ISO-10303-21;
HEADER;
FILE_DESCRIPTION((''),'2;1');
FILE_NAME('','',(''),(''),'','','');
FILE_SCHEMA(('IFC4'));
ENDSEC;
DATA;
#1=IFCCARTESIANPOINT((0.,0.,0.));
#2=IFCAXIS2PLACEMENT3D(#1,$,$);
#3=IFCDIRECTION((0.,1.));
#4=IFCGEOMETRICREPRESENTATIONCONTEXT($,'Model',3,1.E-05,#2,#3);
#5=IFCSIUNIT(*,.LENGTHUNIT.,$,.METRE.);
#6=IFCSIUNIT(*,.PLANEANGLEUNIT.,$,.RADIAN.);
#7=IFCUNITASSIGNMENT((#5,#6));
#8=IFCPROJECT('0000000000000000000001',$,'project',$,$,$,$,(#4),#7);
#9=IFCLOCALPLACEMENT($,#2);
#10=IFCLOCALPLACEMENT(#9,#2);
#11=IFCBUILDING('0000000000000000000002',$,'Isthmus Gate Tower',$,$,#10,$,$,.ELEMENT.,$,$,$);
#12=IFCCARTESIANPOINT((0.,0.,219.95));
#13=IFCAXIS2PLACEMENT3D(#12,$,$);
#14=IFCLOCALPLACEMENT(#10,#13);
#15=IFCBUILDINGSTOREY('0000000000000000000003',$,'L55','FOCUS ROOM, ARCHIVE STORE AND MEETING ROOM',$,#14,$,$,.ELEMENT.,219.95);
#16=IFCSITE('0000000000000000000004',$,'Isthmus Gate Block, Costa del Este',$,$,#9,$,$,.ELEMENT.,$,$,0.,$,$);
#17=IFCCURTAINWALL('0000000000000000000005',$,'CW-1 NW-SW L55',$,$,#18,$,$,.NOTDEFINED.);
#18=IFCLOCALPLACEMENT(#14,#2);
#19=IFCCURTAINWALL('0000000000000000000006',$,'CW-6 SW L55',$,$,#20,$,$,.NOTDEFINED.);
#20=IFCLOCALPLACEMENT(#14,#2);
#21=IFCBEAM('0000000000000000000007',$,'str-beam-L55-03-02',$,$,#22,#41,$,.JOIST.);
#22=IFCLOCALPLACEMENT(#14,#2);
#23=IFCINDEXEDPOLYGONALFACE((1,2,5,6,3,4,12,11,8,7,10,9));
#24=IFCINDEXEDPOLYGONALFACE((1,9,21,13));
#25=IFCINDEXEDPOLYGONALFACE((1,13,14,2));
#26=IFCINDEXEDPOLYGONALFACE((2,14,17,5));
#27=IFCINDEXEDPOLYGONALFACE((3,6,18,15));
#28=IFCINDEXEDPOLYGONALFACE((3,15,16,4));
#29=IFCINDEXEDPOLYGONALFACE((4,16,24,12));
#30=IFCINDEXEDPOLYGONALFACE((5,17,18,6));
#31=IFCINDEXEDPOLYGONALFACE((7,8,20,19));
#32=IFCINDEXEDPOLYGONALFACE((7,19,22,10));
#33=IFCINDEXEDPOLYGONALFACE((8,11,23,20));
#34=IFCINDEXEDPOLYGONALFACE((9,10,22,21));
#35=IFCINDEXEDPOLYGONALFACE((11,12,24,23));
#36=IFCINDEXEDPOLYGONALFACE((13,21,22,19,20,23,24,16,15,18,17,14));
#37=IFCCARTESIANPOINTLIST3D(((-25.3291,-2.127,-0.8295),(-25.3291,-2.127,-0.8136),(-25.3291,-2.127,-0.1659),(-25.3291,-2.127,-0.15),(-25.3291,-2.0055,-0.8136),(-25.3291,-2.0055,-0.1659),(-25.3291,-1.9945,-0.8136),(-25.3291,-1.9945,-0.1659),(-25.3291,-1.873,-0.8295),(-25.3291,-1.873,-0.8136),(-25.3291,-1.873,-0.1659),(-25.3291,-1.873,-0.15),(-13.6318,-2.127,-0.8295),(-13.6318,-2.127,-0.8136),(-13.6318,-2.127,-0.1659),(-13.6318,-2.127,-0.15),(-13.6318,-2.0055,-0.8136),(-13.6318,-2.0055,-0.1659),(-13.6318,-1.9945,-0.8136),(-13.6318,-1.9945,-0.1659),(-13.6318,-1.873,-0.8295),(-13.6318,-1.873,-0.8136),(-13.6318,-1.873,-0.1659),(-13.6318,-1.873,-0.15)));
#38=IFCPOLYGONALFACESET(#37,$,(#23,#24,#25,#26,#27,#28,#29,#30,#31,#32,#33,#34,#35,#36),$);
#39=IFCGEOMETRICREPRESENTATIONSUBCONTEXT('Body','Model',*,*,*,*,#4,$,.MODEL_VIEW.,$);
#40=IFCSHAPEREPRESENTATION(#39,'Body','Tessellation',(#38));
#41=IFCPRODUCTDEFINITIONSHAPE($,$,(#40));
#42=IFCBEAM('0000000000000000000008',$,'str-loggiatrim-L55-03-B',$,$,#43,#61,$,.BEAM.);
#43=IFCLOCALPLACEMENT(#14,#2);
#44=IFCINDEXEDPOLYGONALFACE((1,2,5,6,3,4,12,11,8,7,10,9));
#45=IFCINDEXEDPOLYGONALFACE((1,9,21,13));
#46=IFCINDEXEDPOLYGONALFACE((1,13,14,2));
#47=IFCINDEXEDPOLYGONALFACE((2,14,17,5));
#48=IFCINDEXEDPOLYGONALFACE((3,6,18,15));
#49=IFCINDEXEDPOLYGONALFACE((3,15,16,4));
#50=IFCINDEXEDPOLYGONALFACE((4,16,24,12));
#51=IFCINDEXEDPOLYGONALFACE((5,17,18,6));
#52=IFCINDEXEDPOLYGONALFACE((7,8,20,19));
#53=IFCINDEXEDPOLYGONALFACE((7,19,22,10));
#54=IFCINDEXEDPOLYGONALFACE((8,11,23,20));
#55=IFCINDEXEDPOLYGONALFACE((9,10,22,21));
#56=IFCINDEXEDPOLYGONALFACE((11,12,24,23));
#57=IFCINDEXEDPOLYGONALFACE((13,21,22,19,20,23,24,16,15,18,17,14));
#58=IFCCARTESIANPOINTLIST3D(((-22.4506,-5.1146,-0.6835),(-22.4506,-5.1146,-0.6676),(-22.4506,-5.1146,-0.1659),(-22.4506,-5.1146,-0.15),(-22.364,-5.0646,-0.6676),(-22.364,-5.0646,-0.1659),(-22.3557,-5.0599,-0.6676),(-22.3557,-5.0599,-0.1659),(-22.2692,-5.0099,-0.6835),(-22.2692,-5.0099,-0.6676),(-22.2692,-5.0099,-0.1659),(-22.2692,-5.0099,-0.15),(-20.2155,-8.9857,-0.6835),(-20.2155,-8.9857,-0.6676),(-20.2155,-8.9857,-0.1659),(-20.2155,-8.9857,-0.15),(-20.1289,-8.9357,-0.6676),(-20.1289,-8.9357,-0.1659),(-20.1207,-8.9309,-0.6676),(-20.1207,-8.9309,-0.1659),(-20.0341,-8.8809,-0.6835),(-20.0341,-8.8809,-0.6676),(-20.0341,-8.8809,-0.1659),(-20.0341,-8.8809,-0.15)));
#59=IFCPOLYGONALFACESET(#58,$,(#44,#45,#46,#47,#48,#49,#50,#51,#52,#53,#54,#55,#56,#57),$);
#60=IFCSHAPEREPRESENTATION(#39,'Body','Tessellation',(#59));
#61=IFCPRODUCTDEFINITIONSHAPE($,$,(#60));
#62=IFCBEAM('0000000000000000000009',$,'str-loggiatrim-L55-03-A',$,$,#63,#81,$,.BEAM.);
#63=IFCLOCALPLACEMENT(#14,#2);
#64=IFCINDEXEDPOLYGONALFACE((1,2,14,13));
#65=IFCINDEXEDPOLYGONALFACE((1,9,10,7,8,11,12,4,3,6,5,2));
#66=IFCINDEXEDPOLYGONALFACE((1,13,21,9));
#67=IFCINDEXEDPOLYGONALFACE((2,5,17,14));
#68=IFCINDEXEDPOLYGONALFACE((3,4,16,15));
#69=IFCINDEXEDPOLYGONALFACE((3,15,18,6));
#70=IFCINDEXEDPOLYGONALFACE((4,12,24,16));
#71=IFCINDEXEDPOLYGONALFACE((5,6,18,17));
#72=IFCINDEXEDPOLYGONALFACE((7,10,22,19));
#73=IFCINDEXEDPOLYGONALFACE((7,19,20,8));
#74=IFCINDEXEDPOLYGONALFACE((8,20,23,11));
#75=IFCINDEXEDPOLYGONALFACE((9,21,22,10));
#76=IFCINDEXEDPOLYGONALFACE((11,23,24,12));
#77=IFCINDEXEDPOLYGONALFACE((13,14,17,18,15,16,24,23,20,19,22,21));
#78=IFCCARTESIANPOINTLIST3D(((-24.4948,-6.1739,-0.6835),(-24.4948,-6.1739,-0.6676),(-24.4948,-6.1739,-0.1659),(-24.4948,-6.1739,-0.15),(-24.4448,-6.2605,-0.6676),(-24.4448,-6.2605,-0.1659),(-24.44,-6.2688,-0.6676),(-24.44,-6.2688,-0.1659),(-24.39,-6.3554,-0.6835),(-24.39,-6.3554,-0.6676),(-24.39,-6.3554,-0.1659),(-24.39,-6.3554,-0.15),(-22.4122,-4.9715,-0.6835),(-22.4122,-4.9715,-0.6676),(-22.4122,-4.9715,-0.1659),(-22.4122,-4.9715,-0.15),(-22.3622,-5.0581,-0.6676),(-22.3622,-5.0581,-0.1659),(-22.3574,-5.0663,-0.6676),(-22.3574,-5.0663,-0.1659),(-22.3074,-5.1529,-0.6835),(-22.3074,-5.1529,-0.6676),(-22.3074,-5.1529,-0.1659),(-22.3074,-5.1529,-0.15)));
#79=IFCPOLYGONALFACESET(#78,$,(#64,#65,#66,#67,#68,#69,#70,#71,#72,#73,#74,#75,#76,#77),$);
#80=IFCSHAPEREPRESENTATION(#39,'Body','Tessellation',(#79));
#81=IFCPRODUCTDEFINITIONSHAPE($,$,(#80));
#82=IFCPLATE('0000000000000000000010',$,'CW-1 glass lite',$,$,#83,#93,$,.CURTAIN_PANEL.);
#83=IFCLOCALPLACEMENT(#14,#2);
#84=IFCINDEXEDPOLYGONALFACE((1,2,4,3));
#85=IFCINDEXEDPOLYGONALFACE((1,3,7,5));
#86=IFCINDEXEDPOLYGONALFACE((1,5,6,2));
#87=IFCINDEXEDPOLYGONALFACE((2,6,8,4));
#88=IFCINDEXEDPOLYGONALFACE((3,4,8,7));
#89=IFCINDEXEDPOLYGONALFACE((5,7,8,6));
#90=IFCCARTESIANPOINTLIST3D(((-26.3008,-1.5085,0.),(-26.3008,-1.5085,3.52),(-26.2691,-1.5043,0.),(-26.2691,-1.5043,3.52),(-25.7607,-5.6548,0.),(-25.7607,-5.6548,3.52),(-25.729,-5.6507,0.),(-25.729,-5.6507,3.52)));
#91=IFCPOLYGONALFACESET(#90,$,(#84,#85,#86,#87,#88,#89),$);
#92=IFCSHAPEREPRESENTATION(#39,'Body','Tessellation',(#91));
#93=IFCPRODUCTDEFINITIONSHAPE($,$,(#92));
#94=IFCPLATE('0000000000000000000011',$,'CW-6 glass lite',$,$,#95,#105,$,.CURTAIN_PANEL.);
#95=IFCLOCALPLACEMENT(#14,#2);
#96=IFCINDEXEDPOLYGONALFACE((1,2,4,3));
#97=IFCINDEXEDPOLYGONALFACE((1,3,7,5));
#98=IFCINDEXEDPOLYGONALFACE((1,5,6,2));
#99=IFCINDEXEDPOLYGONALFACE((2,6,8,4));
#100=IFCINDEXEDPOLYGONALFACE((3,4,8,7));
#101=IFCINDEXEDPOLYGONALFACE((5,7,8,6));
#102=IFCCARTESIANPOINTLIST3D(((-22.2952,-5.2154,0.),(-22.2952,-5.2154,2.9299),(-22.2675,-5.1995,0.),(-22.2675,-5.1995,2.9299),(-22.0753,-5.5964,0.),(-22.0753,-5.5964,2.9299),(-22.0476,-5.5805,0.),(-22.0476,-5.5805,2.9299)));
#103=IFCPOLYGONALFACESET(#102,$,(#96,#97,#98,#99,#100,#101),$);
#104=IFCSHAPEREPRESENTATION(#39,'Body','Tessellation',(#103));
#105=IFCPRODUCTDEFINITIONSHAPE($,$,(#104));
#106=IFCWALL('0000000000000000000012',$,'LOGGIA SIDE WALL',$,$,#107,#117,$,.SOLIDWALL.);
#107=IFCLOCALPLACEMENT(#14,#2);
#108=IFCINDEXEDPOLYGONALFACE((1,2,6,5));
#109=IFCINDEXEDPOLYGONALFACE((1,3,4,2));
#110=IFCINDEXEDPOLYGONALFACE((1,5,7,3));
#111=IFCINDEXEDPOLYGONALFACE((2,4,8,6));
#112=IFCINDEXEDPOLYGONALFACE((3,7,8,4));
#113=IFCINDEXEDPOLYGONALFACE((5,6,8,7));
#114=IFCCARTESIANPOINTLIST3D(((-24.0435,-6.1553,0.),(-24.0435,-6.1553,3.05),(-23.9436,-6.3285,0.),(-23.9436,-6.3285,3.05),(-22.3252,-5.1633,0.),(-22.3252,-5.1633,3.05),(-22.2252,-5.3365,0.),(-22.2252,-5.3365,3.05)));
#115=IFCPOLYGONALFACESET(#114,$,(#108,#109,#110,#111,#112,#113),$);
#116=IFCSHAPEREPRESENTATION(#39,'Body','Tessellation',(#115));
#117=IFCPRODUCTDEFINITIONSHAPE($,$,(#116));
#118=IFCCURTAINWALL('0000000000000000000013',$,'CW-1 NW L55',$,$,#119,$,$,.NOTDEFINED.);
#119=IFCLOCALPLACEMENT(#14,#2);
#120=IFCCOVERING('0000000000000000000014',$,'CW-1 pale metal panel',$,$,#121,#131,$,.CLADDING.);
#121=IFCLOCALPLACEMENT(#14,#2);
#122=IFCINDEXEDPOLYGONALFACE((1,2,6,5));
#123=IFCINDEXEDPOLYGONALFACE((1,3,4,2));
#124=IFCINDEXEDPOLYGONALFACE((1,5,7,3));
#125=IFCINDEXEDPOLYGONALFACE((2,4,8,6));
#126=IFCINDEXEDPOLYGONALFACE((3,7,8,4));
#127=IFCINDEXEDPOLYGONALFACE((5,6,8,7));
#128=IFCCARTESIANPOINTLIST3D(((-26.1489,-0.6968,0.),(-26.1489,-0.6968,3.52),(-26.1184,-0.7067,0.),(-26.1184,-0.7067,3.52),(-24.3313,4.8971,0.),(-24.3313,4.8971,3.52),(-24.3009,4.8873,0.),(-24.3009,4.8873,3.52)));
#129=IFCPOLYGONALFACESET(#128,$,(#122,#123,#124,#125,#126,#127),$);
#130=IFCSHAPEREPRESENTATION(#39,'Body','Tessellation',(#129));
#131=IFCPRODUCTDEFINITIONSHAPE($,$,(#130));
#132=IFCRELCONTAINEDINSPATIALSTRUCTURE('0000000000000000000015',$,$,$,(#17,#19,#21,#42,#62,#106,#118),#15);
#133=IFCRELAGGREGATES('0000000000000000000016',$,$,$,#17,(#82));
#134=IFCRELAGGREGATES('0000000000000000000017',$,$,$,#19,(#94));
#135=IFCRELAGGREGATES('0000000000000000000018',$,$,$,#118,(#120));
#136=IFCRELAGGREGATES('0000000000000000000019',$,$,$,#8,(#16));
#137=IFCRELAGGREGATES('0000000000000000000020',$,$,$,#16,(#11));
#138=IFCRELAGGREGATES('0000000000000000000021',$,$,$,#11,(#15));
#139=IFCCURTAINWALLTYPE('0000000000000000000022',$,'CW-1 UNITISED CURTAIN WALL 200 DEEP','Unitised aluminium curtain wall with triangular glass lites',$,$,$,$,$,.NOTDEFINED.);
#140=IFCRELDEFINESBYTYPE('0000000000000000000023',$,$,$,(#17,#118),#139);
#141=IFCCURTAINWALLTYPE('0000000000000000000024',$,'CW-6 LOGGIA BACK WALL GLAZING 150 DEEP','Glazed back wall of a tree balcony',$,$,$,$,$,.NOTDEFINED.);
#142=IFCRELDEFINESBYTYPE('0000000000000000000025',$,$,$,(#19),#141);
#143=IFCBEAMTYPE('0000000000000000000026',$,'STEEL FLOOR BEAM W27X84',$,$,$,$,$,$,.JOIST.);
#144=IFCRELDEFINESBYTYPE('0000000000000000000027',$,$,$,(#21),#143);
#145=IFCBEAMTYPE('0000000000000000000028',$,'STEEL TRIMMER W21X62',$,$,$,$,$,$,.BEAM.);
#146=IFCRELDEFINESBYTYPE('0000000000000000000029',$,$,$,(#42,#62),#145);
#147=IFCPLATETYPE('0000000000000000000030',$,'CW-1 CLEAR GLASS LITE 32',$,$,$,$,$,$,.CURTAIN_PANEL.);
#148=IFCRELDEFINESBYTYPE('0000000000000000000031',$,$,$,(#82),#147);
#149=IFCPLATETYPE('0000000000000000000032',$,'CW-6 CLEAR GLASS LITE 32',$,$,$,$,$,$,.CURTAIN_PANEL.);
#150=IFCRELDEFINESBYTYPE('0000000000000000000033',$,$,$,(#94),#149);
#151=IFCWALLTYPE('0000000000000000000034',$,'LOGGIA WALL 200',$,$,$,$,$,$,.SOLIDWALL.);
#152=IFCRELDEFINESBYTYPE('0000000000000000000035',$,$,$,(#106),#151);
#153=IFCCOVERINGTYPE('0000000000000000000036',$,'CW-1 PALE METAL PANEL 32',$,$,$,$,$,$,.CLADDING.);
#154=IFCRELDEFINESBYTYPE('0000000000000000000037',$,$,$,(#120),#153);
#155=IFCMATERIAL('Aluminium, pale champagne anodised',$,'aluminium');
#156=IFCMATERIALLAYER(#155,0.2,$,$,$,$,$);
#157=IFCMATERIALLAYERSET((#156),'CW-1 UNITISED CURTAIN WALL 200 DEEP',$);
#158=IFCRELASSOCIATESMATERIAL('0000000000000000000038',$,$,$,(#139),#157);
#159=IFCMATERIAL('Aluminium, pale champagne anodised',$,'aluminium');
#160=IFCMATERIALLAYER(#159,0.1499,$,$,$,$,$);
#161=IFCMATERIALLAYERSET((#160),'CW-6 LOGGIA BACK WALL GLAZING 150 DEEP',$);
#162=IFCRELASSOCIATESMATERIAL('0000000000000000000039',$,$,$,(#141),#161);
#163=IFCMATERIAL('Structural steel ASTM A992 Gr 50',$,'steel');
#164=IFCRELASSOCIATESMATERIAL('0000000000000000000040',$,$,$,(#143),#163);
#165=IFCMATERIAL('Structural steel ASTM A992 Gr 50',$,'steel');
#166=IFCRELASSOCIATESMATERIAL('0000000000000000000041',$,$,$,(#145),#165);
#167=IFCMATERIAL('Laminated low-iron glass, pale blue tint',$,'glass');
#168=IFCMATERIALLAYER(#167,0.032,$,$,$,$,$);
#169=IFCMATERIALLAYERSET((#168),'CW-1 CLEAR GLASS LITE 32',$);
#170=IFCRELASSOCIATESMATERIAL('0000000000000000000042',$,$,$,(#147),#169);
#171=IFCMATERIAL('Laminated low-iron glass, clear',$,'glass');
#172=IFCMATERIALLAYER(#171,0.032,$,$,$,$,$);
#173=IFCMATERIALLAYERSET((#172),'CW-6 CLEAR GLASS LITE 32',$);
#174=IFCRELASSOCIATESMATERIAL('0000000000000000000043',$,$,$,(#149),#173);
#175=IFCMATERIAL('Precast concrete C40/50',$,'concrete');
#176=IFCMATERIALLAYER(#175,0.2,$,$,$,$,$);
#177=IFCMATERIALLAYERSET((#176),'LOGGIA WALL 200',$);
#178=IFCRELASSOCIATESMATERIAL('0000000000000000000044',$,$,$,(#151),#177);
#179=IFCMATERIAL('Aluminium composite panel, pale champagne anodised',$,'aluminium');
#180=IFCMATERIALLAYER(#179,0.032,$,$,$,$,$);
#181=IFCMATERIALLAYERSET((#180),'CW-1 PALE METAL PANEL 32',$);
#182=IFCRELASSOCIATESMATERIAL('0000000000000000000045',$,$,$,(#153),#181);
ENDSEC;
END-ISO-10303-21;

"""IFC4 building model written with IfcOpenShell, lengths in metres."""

from ifc_helpers import new_model, si_unit, direction, frame, frame_2d, origin, origin_2d, place, context, subcontext, project, spatial, rectangle, i_section, extrude, material, layer, layer_set, material_profile, profile_set, type_object, element, aggregate, save


model = new_model("IFC4")

# Units and contexts
model_context = context("Model", 3, precision=1e-05, world=origin(), true_north=direction((0.0, 1.0)))
body_context = subcontext(model_context, "Body", "Model", "MODEL_VIEW")
ifc_project = project(units=[si_unit("LENGTHUNIT", "METRE"), si_unit("PLANEANGLEUNIT", "RADIAN")], contexts=[model_context])

# Site, building, storey
site_placement = place(None, origin())
site = spatial("IfcSite", under=ifc_project, at=site_placement, Name="Isthmus Gate Block, Costa del Este", CompositionType="ELEMENT", RefElevation=0.0)
building_placement = place(site_placement, origin())
building = spatial("IfcBuilding", under=site, at=building_placement, Name="Isthmus Gate Tower", CompositionType="ELEMENT")
storey_placement = place(building_placement, frame((0.0, 0.0, 219.95)))
storey = spatial("IfcBuildingStorey", under=building, at=storey_placement, Name="L55", Description="FOCUS ROOM, ARCHIVE STORE AND MEETING ROOM", CompositionType="ELEMENT", Elevation=219.95)

# Curtain walls
ifc_material_1 = material(Name="Aluminium, pale champagne anodised", Category="aluminium")
ifc_layer_1 = layer(ifc_material_1, 0.2)
ifc_layer_set_1 = layer_set([ifc_layer_1], Name="CW-1 UNITISED CURTAIN WALL 200 DEEP")
curtain_wall_type_1 = type_object("IfcCurtainWallType", Name="CW-1 UNITISED CURTAIN WALL 200 DEEP", Description="Unitised aluminium curtain wall with triangular glass lites", PredefinedType="NOTDEFINED", material=ifc_layer_set_1)
curtain_wall_1_placement = place(storey_placement, origin())
curtain_wall_1 = element("IfcCurtainWall", 1, at=curtain_wall_1_placement, inside=storey, type_object=curtain_wall_type_1, Name="CW-1 NW-SW L55", PredefinedType="NOTDEFINED")
ifc_material_2 = material(Name="Aluminium, pale champagne anodised", Category="aluminium")
ifc_layer_2 = layer(ifc_material_2, 0.1499)
ifc_layer_set_2 = layer_set([ifc_layer_2], Name="CW-6 LOGGIA BACK WALL GLAZING 150 DEEP")
curtain_wall_type_2 = type_object("IfcCurtainWallType", Name="CW-6 LOGGIA BACK WALL GLAZING 150 DEEP", Description="Glazed back wall of a tree balcony", PredefinedType="NOTDEFINED", material=ifc_layer_set_2)
curtain_wall_2_placement = place(storey_placement, origin())
curtain_wall_2 = element("IfcCurtainWall", 2, at=curtain_wall_2_placement, inside=storey, type_object=curtain_wall_type_2, Name="CW-6 SW L55", PredefinedType="NOTDEFINED")

# Beams
ifc_material_3 = material(Name="Structural steel ASTM A992 Gr 50", Category="steel")
ifc_material_profile_1 = material_profile(ifc_material_3, i_section(OverallWidth=0.2539, OverallDepth=0.6794, WebThickness=0.011, FlangeThickness=0.0159, at=origin_2d()), Name="W27X84")
ifc_profile_set_1 = profile_set([ifc_material_profile_1], Name="Structural steel ASTM A992 Gr 50")
beam_type_1 = type_object("IfcBeamType", Name="STEEL FLOOR BEAM W27X84", PredefinedType="JOIST", material=ifc_profile_set_1)
beam_1_placement = place(storey_placement, frame((-25.3291, -2.0, -0.4897), z_axis=(1.0, 0.0, 0.0), x_axis=(0.0, 1.0, 0.0)))
element("IfcBeam", 3, at=beam_1_placement, inside=storey, type_object=beam_type_1, Name="str-beam-L55-03-02", PredefinedType="JOIST", context=body_context, shape_type="SweptSolid", body=[
    extrude(i_section(OverallWidth=0.2539, OverallDepth=0.6794, WebThickness=0.011, FlangeThickness=0.0159, at=origin_2d()), origin(), (0.0, 0.0, 1.0), 11.6973),
])
ifc_material_4 = material(Name="Structural steel ASTM A992 Gr 50", Category="steel")
ifc_material_profile_2 = material_profile(ifc_material_4, i_section(OverallWidth=0.2095, OverallDepth=0.5334, WebThickness=0.0095, FlangeThickness=0.0159, at=origin_2d()), Name="W21X62")
ifc_profile_set_2 = profile_set([ifc_material_profile_2], Name="Structural steel ASTM A992 Gr 50")
beam_type_2 = type_object("IfcBeamType", Name="STEEL TRIMMER W21X62", PredefinedType="BEAM", material=ifc_profile_set_2)
beam_2_placement = place(storey_placement, frame((-22.3599, -5.0623, -0.4167), z_axis=(0.500022, -0.866013, 0.0), x_axis=(0.866013, 0.500022, 0.0)))
element("IfcBeam", 4, at=beam_2_placement, inside=storey, type_object=beam_type_2, Name="str-loggiatrim-L55-03-B", PredefinedType="BEAM", context=body_context, shape_type="SweptSolid", body=[
    extrude(i_section(OverallWidth=0.2095, OverallDepth=0.5334, WebThickness=0.0095, FlangeThickness=0.0159, at=origin_2d()), origin(), (0.0, 0.0, 1.0), 4.47),
])
beam_3_placement = place(storey_placement, frame((-24.4424, -6.2646, -0.4167), z_axis=(0.866017, 0.500015, 0.0), x_axis=(-0.500015, 0.866017, 0.0)))
element("IfcBeam", 5, at=beam_3_placement, inside=storey, type_object=beam_type_2, Name="str-loggiatrim-L55-03-A", PredefinedType="BEAM", context=body_context, shape_type="SweptSolid", body=[
    extrude(i_section(OverallWidth=0.2095, OverallDepth=0.5334, WebThickness=0.0095, FlangeThickness=0.0159, at=origin_2d()), origin(), (0.0, 0.0, 1.0), 2.4048),
])

# Plates
ifc_material_5 = material(Name="Laminated low-iron glass, pale blue tint", Category="glass")
ifc_layer_3 = layer(ifc_material_5, 0.032)
ifc_layer_set_3 = layer_set([ifc_layer_3], Name="CW-1 CLEAR GLASS LITE 32")
plate_type_1 = type_object("IfcPlateType", Name="CW-1 CLEAR GLASS LITE 32", PredefinedType="CURTAIN_PANEL", material=ifc_layer_set_3)
plate_1_placement = place(storey_placement, frame((-26.0149, -3.5796, 0.0), z_axis=(0.0, 0.0, 1.0), x_axis=(0.129165, -0.991623, 0.0)))
plate_1 = element("IfcPlate", 6, at=plate_1_placement, type_object=plate_type_1, Name="CW-1 glass lite", PredefinedType="CURTAIN_PANEL", context=body_context, shape_type="SweptSolid", body=[
    extrude(rectangle(XDim=4.1814, YDim=0.032, at=origin_2d()), origin(), (0.0, 0.0, 1.0), 3.52),
])
aggregate(curtain_wall_1, [plate_1])
ifc_material_6 = material(Name="Laminated low-iron glass, clear", Category="glass")
ifc_layer_4 = layer(ifc_material_6, 0.032)
ifc_layer_set_4 = layer_set([ifc_layer_4], Name="CW-6 CLEAR GLASS LITE 32")
plate_type_2 = type_object("IfcPlateType", Name="CW-6 CLEAR GLASS LITE 32", PredefinedType="CURTAIN_PANEL", material=ifc_layer_set_4)
plate_2_placement = place(storey_placement, frame((-22.1714, -5.3979, 0.0), z_axis=(0.0, 0.0, 1.0), x_axis=(0.5, -0.866025, 0.0)))
plate_2 = element("IfcPlate", 7, at=plate_2_placement, type_object=plate_type_2, Name="CW-6 glass lite", PredefinedType="CURTAIN_PANEL", context=body_context, shape_type="SweptSolid", body=[
    extrude(rectangle(XDim=0.4399, YDim=0.032, at=origin_2d()), origin(), (0.0, 0.0, 1.0), 2.9299),
])
aggregate(curtain_wall_2, [plate_2])

# Shared definitions
ifc_material_7 = material(Name="Precast concrete C40/50", Category="concrete")
ifc_layer_5 = layer(ifc_material_7, 0.2)
ifc_layer_set_5 = layer_set([ifc_layer_5], Name="LOGGIA WALL 200")
wall_type = type_object("IfcWallType", Name="LOGGIA WALL 200", PredefinedType="SOLIDWALL", material=ifc_layer_set_5)

# Wall
wall_1_placement = place(storey_placement, frame((-23.9937, -6.2419, 0.0), z_axis=(0.0, 0.0, 1.0), x_axis=(0.866046, 0.499964, 0.0)))
element("IfcWall", 8, at=wall_1_placement, inside=storey, type_object=wall_type, Name="LOGGIA SIDE WALL", PredefinedType="SOLIDWALL", context=body_context, shape_type="SweptSolid", body=[
    extrude(rectangle(XDim=1.9841, YDim=0.2, at=frame_2d((0.9922, 0.0))), origin(), (0.0, 0.0, 1.0), 3.05),
])

# Curtain wall, covering
curtain_wall_3_placement = place(storey_placement, origin())
curtain_wall_3 = element("IfcCurtainWall", 9, at=curtain_wall_3_placement, inside=storey, type_object=curtain_wall_type_1, Name="CW-1 NW L55", PredefinedType="NOTDEFINED")
ifc_material_8 = material(Name="Aluminium composite panel, pale champagne anodised", Category="aluminium")
ifc_layer_6 = layer(ifc_material_8, 0.032)
ifc_layer_set_6 = layer_set([ifc_layer_6], Name="CW-1 PALE METAL PANEL 32")
covering_type = type_object("IfcCoveringType", Name="CW-1 PALE METAL PANEL 32", PredefinedType="CLADDING", material=ifc_layer_set_6)
covering_placement = place(storey_placement, frame((-25.2249, 2.0952, 0.0), z_axis=(0.0, 0.0, 1.0), x_axis=(-0.309017, -0.951057, 0.0)))
covering = element("IfcCovering", 10, at=covering_placement, type_object=covering_type, Name="CW-1 pale metal panel", PredefinedType="CLADDING", context=body_context, shape_type="SweptSolid", body=[
    extrude(rectangle(XDim=5.8818, YDim=0.032, at=origin_2d()), origin(), (0.0, 0.0, 1.0), 3.52),
])
aggregate(curtain_wall_3, [covering])

save(model, "model.ifc")
